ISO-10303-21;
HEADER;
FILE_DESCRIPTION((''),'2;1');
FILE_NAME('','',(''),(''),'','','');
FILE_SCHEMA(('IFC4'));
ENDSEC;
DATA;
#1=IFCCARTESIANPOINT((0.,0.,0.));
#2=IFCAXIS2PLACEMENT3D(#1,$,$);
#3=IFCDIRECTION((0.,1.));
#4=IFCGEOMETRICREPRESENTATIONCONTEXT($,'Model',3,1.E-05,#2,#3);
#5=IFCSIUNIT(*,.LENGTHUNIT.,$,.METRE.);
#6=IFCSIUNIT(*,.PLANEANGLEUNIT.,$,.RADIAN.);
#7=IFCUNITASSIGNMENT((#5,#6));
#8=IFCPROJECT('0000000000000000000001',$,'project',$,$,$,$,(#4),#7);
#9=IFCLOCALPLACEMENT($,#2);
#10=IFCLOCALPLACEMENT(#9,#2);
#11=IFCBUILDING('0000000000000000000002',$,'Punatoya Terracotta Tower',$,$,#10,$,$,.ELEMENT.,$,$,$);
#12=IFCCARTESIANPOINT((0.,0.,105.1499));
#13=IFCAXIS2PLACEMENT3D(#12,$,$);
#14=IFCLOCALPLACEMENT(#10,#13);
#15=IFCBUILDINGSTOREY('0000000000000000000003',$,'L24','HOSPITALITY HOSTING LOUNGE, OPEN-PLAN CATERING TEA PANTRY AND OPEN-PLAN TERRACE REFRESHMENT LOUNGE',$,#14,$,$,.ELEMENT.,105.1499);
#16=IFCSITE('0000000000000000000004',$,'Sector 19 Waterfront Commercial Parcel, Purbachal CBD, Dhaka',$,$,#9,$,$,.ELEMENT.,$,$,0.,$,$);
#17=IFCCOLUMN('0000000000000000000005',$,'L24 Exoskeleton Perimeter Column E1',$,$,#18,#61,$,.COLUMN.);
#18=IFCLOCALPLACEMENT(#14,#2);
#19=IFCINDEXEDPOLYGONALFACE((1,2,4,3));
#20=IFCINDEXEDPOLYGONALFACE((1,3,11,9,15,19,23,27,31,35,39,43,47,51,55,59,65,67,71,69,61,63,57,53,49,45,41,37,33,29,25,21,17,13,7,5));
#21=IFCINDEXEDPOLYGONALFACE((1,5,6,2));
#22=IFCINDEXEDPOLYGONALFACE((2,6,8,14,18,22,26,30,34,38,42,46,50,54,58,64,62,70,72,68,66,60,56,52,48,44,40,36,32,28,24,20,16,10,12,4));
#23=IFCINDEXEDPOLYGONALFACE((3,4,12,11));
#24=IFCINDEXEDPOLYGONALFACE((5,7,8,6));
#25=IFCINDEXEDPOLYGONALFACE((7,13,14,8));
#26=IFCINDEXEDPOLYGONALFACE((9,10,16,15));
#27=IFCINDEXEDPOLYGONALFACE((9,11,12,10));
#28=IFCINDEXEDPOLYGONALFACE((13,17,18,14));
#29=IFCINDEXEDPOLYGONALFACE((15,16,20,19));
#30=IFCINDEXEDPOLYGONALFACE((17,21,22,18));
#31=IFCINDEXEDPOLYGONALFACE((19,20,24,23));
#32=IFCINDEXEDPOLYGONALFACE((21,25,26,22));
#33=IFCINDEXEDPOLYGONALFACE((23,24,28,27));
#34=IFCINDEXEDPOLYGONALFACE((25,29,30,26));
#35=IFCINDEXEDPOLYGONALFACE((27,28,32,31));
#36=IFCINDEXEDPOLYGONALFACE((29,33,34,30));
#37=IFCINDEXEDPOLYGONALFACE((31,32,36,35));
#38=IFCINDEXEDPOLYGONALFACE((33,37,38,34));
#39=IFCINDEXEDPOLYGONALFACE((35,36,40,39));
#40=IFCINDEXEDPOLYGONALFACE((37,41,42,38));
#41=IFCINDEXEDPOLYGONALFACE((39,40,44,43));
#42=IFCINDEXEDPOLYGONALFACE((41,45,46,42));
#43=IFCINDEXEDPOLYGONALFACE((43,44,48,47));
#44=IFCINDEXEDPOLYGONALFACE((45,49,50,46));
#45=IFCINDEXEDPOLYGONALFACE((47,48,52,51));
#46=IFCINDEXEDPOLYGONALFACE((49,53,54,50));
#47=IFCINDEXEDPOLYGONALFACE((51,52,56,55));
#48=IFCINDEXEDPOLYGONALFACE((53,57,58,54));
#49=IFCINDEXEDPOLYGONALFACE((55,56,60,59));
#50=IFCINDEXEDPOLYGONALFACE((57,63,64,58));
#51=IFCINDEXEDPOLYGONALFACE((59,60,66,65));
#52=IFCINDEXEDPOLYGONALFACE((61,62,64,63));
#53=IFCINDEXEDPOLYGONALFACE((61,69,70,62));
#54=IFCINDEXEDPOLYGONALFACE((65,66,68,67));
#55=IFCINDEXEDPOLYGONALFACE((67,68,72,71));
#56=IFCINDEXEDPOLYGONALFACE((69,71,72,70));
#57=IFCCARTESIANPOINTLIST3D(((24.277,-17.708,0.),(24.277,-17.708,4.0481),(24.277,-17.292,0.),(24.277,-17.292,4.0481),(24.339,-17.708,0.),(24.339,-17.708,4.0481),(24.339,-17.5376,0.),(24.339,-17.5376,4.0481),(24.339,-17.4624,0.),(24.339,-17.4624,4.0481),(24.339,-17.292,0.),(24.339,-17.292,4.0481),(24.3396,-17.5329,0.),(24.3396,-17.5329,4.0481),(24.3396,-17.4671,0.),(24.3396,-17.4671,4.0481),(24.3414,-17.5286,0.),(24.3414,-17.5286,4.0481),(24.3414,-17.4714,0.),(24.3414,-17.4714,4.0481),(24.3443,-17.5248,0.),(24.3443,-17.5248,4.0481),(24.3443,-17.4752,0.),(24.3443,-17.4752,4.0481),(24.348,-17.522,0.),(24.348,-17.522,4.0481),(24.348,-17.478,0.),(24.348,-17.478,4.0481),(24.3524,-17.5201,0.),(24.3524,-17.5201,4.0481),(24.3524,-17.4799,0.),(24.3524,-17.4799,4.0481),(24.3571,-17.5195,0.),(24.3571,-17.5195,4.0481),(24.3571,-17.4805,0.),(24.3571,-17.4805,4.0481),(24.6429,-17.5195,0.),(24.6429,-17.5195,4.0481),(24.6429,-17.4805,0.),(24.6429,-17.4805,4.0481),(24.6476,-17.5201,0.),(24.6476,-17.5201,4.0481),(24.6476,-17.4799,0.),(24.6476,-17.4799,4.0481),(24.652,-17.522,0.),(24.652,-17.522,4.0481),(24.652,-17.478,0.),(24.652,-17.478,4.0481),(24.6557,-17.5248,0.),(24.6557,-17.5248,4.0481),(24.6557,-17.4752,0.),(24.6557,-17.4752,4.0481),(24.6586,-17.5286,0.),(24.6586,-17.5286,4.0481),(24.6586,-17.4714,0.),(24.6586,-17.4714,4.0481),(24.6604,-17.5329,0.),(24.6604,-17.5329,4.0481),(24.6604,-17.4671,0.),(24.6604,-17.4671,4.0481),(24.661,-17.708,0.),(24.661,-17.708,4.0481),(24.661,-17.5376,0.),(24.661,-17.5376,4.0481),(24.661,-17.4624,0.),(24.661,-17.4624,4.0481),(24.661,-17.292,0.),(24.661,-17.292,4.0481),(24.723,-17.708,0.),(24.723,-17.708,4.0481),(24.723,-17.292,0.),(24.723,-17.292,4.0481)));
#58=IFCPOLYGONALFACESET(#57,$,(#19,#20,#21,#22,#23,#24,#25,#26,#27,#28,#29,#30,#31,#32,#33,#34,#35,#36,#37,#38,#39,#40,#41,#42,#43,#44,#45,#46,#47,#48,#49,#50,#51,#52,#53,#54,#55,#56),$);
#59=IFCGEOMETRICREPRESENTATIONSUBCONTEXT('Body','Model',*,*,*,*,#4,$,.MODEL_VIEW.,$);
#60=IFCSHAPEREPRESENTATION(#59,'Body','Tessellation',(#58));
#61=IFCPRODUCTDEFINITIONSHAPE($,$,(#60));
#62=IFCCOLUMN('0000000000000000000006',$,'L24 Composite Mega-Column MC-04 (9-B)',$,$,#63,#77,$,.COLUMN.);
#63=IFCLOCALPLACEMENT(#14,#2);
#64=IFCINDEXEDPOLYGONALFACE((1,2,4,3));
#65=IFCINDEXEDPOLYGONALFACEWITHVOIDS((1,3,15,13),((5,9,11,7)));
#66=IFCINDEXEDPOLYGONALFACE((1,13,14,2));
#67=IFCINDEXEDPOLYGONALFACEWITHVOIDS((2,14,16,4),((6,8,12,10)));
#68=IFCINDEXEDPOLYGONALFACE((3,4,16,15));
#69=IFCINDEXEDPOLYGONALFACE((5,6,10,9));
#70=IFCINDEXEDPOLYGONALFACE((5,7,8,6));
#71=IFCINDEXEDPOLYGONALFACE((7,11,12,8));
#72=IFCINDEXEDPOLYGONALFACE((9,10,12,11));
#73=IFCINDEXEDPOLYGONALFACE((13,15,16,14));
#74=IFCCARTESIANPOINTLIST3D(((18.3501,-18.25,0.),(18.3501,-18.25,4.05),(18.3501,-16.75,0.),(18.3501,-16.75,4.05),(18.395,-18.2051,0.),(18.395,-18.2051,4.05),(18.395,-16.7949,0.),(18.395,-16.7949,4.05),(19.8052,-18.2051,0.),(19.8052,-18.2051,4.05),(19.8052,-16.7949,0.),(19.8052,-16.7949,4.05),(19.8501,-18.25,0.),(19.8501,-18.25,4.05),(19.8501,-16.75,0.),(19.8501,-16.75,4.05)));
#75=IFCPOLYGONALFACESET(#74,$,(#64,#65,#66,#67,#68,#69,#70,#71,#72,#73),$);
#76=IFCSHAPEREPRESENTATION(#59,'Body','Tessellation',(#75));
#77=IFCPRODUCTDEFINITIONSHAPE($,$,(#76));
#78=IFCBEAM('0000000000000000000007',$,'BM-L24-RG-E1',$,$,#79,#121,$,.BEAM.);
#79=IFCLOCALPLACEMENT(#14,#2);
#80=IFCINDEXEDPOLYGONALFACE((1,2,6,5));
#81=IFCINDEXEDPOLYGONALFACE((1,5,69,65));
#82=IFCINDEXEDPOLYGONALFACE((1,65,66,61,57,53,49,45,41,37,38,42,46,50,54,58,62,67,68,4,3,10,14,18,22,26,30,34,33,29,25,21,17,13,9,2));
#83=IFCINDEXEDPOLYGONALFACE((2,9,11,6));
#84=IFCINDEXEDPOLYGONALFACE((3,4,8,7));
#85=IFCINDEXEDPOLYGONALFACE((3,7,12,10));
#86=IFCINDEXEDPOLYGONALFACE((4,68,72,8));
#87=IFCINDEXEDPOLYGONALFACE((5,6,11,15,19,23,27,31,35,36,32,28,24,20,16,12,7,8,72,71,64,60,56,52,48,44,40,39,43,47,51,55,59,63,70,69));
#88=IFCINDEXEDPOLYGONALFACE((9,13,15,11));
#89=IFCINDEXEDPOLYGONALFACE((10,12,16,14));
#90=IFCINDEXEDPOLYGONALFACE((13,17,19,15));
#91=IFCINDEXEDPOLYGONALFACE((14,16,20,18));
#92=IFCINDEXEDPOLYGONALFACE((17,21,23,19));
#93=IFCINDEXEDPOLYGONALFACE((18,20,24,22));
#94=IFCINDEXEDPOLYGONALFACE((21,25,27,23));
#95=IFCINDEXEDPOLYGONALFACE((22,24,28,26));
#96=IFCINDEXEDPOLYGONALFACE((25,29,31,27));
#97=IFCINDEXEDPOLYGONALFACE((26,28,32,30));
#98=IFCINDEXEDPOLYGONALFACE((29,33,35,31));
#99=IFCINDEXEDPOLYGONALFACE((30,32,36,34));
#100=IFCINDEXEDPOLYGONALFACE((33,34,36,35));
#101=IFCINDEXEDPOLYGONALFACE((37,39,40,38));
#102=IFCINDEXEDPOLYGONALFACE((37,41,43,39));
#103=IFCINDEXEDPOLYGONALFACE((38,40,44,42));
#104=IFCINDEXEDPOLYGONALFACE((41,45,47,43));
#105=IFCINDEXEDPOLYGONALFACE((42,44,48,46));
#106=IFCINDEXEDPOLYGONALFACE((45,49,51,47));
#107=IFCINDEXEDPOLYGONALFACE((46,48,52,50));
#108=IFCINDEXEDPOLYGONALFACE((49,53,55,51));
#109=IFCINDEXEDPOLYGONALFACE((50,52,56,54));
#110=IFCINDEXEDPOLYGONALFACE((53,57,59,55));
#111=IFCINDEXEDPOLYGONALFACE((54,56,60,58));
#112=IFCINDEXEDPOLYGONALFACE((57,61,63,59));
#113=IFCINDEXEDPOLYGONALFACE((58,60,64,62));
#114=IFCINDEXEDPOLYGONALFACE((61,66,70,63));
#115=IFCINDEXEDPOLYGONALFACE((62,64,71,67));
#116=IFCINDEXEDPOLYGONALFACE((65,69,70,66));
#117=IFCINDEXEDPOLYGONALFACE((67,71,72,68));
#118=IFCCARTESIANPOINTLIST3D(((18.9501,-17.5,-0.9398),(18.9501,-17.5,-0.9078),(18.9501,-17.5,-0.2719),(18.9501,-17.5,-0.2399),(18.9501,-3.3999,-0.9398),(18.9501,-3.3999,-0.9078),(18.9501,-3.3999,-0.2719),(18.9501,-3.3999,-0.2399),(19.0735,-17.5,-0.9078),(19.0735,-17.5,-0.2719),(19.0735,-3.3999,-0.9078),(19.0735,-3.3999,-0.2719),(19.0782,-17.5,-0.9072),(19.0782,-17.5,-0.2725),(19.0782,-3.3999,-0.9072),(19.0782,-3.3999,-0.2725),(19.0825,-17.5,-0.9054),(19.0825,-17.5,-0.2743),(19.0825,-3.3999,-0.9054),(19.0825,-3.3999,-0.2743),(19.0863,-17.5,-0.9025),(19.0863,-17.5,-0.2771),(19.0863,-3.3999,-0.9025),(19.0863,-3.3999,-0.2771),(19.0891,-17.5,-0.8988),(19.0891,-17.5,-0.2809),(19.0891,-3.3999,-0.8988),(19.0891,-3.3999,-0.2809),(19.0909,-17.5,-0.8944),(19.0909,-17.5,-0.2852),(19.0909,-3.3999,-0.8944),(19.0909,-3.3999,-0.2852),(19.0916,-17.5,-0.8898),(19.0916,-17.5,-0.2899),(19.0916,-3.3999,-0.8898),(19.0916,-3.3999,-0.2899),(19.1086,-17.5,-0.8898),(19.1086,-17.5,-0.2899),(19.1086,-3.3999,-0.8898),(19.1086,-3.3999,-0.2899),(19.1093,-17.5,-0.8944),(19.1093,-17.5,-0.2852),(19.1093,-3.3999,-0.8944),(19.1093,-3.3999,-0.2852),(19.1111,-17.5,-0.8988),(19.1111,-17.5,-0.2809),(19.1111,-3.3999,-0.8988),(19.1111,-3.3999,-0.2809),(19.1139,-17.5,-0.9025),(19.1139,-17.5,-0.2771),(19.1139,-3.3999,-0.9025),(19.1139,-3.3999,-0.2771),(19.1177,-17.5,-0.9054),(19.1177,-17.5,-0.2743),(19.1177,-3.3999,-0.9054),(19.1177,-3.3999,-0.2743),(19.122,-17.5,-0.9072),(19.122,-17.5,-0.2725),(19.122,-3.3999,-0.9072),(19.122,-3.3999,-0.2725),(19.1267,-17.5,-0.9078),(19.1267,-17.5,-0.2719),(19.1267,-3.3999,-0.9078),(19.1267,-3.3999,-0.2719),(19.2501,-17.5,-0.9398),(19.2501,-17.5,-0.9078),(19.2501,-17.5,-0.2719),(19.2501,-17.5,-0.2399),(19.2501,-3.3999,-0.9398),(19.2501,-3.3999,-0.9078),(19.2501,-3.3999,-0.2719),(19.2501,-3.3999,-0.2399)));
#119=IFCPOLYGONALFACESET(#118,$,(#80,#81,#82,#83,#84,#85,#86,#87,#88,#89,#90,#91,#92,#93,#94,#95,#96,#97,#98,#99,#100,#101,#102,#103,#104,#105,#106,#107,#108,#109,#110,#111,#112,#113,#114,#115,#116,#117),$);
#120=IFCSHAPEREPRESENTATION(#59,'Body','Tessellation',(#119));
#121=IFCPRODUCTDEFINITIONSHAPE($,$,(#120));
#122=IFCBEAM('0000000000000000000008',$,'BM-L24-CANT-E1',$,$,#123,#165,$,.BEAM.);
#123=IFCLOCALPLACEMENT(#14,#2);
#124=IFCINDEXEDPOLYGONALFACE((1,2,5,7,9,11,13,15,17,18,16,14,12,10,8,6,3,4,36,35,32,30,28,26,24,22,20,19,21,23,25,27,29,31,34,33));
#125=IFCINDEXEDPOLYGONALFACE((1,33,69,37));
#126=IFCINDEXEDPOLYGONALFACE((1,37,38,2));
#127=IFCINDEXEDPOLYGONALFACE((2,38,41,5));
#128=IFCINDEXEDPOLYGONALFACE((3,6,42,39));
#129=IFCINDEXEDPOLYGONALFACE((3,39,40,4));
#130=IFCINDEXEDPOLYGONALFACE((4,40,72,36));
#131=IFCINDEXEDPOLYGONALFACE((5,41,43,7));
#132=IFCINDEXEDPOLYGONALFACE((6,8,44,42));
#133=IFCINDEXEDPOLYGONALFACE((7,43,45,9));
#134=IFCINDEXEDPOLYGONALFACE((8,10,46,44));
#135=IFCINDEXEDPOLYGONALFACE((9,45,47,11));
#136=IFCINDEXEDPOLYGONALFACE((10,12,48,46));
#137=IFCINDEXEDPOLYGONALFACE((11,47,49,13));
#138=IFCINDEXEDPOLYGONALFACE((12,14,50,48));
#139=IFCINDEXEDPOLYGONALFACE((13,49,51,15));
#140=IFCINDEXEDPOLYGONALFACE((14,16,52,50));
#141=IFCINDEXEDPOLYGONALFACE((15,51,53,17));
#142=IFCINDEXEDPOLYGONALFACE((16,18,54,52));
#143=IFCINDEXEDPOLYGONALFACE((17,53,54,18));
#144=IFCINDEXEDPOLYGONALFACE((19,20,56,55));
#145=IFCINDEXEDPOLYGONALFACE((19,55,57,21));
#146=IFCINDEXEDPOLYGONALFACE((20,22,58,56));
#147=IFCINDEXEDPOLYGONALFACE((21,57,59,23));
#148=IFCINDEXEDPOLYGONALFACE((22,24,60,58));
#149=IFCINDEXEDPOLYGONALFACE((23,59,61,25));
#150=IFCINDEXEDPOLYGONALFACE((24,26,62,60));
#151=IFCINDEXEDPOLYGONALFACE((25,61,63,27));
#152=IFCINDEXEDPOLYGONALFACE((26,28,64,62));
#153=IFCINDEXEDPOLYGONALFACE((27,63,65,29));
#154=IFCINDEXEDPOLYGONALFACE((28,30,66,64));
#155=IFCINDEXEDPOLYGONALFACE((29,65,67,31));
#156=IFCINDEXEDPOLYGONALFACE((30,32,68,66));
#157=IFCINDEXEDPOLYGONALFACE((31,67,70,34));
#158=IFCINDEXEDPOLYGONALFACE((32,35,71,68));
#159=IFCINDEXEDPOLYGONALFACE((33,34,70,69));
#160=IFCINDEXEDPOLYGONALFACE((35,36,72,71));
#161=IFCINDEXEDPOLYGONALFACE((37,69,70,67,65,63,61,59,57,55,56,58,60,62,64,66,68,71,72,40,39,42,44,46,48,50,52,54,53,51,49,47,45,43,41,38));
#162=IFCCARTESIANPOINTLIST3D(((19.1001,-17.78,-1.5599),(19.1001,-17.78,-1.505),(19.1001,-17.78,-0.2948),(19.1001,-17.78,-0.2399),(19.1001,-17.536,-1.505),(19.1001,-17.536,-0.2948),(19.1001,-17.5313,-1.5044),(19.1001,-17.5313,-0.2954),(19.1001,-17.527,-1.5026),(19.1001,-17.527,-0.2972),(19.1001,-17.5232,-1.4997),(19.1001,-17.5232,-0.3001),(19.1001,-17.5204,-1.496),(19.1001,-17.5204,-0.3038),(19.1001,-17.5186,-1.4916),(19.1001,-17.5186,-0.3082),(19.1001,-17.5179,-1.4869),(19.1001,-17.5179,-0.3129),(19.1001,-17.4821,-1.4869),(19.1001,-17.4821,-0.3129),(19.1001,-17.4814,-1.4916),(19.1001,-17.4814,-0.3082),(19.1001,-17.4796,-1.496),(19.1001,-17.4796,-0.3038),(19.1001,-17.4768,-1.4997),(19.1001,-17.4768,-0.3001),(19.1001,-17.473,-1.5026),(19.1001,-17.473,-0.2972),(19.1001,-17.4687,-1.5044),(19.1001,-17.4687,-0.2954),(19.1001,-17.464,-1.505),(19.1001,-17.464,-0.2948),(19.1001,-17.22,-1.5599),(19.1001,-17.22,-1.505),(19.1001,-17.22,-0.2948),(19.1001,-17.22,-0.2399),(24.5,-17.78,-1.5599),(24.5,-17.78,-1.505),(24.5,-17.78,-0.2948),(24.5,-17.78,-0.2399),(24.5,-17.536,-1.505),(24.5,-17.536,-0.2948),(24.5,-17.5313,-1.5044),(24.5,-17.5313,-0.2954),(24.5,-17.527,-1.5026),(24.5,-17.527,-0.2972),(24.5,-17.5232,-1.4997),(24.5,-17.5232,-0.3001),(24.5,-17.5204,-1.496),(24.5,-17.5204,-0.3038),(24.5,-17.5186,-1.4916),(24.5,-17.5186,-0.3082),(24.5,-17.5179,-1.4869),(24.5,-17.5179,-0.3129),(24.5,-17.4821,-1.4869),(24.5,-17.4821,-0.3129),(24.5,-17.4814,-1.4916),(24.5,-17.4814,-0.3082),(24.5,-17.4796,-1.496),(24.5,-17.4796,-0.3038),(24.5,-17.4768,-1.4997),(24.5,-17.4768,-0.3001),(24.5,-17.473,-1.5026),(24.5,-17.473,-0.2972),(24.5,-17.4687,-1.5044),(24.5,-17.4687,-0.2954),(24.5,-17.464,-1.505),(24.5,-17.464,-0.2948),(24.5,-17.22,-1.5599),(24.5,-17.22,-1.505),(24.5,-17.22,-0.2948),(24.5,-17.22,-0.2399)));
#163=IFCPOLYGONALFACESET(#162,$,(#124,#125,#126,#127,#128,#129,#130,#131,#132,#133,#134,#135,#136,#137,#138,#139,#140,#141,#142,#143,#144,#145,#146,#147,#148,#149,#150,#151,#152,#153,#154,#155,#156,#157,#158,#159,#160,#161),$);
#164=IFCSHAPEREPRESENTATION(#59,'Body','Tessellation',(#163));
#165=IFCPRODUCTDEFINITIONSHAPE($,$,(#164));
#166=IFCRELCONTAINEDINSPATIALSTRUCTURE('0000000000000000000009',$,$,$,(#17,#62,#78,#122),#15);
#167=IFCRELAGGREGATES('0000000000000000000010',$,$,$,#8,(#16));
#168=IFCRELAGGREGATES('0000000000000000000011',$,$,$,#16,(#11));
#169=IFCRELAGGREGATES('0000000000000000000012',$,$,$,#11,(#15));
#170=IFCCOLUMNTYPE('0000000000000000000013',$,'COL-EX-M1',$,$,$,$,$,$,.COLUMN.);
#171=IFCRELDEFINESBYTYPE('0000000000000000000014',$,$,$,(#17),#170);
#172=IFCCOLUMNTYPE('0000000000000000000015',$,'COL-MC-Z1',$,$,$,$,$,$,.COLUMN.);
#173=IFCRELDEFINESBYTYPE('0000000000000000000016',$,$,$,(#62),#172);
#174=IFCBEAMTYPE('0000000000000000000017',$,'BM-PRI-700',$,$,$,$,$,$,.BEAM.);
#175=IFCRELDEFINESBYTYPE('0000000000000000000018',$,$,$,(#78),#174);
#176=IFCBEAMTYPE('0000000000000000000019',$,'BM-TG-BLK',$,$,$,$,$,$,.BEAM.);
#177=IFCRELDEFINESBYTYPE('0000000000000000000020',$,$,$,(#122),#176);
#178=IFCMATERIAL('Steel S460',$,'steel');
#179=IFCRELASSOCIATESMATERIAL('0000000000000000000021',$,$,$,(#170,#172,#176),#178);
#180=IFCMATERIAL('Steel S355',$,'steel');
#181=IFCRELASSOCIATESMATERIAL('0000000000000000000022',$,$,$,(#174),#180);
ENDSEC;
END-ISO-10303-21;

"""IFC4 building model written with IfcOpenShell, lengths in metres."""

from ifc_helpers import new_model, si_unit, direction, frame, origin, origin_2d, place, context, subcontext, project, spatial, hollow_rectangle, i_section, extrude, material, material_profile, profile_set, type_object, element, save


model = new_model("IFC4")

# Units and contexts
model_context = context("Model", 3, precision=1e-05, world=origin(), true_north=direction((0.0, 1.0)))
body_context = subcontext(model_context, "Body", "Model", "MODEL_VIEW")
ifc_project = project(units=[si_unit("LENGTHUNIT", "METRE"), si_unit("PLANEANGLEUNIT", "RADIAN")], contexts=[model_context])

# Site, building, storey
site_placement = place(None, origin())
site = spatial("IfcSite", under=ifc_project, at=site_placement, Name="Sector 19 Waterfront Commercial Parcel, Purbachal CBD, Dhaka", CompositionType="ELEMENT", RefElevation=0.0)
building_placement = place(site_placement, origin())
building = spatial("IfcBuilding", under=site, at=building_placement, Name="Punatoya Terracotta Tower", CompositionType="ELEMENT")
storey_placement = place(building_placement, frame((0.0, 0.0, 105.1499)))
storey = spatial("IfcBuildingStorey", under=building, at=storey_placement, Name="L24", Description="HOSPITALITY HOSTING LOUNGE, OPEN-PLAN CATERING TEA PANTRY AND OPEN-PLAN TERRACE REFRESHMENT LOUNGE", CompositionType="ELEMENT", Elevation=105.1499)

# Columns
ifc_material_1 = material(Name="Steel S460", Category="steel")
ifc_material_profile_1 = material_profile(ifc_material_1, i_section(OverallWidth=0.416, OverallDepth=0.446, WebThickness=0.0391, FlangeThickness=0.062, FilletRadius=0.0181, at=origin_2d()))
ifc_profile_set_1 = profile_set([ifc_material_profile_1], Name="Steel S460")
column_type_1 = type_object("IfcColumnType", Name="COL-EX-M1", PredefinedType="COLUMN", material=ifc_profile_set_1)
column_1_placement = place(storey_placement, frame((24.5, -17.5, 0.0), z_axis=(0.0, 0.0, 1.0), x_axis=(0.0, 1.0, 0.0)))
element("IfcColumn", 1, at=column_1_placement, inside=storey, type_object=column_type_1, Name="L24 Exoskeleton Perimeter Column E1", PredefinedType="COLUMN", context=body_context, shape_type="SweptSolid", body=[
    extrude(i_section(OverallWidth=0.416, OverallDepth=0.446, WebThickness=0.0391, FlangeThickness=0.062, FilletRadius=0.0181, at=origin_2d()), origin(), (0.0, 0.0, 1.0), 4.0481),
])
ifc_material_profile_2 = material_profile(ifc_material_1, hollow_rectangle(XDim=1.5, YDim=1.5, WallThickness=0.0449, at=origin_2d()))
ifc_profile_set_2 = profile_set([ifc_material_profile_2], Name="Steel S460")
column_type_2 = type_object("IfcColumnType", Name="COL-MC-Z1", PredefinedType="COLUMN", material=ifc_profile_set_2)
column_2_placement = place(storey_placement, frame((19.1001, -17.5, 0.0), z_axis=(0.0, 0.0, 1.0), x_axis=(1.0, 0.0, 0.0)))
element("IfcColumn", 2, at=column_2_placement, inside=storey, type_object=column_type_2, Name="L24 Composite Mega-Column MC-04 (9-B)", PredefinedType="COLUMN", context=body_context, shape_type="SweptSolid", body=[
    extrude(hollow_rectangle(XDim=1.5, YDim=1.5, WallThickness=0.0449, at=origin_2d()), origin(), (0.0, 0.0, 1.0), 4.05),
])

# Beams
ifc_material_2 = material(Name="Steel S355", Category="steel")
ifc_material_profile_3 = material_profile(ifc_material_2, i_section(OverallWidth=0.3, OverallDepth=0.7, WebThickness=0.0171, FlangeThickness=0.032, FilletRadius=0.0181, at=origin_2d()))
ifc_profile_set_3 = profile_set([ifc_material_profile_3], Name="Steel S355")
beam_type_1 = type_object("IfcBeamType", Name="BM-PRI-700", PredefinedType="BEAM", material=ifc_profile_set_3)
beam_1_placement = place(storey_placement, frame((19.1001, -17.5, -0.5898), z_axis=(0.0, 1.0, 0.0), x_axis=(-1.0, 0.0, 0.0)))
element("IfcBeam", 3, at=beam_1_placement, inside=storey, type_object=beam_type_1, Name="BM-L24-RG-E1", PredefinedType="BEAM", context=body_context, shape_type="SweptSolid", body=[
    extrude(i_section(OverallWidth=0.3, OverallDepth=0.7, WebThickness=0.0171, FlangeThickness=0.032, FilletRadius=0.0181, at=origin_2d()), origin(), (0.0, 0.0, 1.0), 14.1001),
])
ifc_material_profile_4 = material_profile(ifc_material_1, i_section(OverallWidth=0.5601, OverallDepth=1.3201, WebThickness=0.0359, FlangeThickness=0.0549, FilletRadius=0.0181, at=origin_2d()))
ifc_profile_set_4 = profile_set([ifc_material_profile_4], Name="Steel S460")
beam_type_2 = type_object("IfcBeamType", Name="BM-TG-BLK", PredefinedType="BEAM", material=ifc_profile_set_4)
beam_2_placement = place(storey_placement, frame((19.1001, -17.5, -0.8999), z_axis=(1.0, 0.0, 0.0), x_axis=(0.0, 1.0, 0.0)))
element("IfcBeam", 4, at=beam_2_placement, inside=storey, type_object=beam_type_2, Name="BM-L24-CANT-E1", PredefinedType="BEAM", context=body_context, shape_type="SweptSolid", body=[
    extrude(i_section(OverallWidth=0.5601, OverallDepth=1.3201, WebThickness=0.0359, FlangeThickness=0.0549, FilletRadius=0.0181, at=origin_2d()), origin(), (0.0, 0.0, 1.0), 5.3999),
])

save(model, "model.ifc")
